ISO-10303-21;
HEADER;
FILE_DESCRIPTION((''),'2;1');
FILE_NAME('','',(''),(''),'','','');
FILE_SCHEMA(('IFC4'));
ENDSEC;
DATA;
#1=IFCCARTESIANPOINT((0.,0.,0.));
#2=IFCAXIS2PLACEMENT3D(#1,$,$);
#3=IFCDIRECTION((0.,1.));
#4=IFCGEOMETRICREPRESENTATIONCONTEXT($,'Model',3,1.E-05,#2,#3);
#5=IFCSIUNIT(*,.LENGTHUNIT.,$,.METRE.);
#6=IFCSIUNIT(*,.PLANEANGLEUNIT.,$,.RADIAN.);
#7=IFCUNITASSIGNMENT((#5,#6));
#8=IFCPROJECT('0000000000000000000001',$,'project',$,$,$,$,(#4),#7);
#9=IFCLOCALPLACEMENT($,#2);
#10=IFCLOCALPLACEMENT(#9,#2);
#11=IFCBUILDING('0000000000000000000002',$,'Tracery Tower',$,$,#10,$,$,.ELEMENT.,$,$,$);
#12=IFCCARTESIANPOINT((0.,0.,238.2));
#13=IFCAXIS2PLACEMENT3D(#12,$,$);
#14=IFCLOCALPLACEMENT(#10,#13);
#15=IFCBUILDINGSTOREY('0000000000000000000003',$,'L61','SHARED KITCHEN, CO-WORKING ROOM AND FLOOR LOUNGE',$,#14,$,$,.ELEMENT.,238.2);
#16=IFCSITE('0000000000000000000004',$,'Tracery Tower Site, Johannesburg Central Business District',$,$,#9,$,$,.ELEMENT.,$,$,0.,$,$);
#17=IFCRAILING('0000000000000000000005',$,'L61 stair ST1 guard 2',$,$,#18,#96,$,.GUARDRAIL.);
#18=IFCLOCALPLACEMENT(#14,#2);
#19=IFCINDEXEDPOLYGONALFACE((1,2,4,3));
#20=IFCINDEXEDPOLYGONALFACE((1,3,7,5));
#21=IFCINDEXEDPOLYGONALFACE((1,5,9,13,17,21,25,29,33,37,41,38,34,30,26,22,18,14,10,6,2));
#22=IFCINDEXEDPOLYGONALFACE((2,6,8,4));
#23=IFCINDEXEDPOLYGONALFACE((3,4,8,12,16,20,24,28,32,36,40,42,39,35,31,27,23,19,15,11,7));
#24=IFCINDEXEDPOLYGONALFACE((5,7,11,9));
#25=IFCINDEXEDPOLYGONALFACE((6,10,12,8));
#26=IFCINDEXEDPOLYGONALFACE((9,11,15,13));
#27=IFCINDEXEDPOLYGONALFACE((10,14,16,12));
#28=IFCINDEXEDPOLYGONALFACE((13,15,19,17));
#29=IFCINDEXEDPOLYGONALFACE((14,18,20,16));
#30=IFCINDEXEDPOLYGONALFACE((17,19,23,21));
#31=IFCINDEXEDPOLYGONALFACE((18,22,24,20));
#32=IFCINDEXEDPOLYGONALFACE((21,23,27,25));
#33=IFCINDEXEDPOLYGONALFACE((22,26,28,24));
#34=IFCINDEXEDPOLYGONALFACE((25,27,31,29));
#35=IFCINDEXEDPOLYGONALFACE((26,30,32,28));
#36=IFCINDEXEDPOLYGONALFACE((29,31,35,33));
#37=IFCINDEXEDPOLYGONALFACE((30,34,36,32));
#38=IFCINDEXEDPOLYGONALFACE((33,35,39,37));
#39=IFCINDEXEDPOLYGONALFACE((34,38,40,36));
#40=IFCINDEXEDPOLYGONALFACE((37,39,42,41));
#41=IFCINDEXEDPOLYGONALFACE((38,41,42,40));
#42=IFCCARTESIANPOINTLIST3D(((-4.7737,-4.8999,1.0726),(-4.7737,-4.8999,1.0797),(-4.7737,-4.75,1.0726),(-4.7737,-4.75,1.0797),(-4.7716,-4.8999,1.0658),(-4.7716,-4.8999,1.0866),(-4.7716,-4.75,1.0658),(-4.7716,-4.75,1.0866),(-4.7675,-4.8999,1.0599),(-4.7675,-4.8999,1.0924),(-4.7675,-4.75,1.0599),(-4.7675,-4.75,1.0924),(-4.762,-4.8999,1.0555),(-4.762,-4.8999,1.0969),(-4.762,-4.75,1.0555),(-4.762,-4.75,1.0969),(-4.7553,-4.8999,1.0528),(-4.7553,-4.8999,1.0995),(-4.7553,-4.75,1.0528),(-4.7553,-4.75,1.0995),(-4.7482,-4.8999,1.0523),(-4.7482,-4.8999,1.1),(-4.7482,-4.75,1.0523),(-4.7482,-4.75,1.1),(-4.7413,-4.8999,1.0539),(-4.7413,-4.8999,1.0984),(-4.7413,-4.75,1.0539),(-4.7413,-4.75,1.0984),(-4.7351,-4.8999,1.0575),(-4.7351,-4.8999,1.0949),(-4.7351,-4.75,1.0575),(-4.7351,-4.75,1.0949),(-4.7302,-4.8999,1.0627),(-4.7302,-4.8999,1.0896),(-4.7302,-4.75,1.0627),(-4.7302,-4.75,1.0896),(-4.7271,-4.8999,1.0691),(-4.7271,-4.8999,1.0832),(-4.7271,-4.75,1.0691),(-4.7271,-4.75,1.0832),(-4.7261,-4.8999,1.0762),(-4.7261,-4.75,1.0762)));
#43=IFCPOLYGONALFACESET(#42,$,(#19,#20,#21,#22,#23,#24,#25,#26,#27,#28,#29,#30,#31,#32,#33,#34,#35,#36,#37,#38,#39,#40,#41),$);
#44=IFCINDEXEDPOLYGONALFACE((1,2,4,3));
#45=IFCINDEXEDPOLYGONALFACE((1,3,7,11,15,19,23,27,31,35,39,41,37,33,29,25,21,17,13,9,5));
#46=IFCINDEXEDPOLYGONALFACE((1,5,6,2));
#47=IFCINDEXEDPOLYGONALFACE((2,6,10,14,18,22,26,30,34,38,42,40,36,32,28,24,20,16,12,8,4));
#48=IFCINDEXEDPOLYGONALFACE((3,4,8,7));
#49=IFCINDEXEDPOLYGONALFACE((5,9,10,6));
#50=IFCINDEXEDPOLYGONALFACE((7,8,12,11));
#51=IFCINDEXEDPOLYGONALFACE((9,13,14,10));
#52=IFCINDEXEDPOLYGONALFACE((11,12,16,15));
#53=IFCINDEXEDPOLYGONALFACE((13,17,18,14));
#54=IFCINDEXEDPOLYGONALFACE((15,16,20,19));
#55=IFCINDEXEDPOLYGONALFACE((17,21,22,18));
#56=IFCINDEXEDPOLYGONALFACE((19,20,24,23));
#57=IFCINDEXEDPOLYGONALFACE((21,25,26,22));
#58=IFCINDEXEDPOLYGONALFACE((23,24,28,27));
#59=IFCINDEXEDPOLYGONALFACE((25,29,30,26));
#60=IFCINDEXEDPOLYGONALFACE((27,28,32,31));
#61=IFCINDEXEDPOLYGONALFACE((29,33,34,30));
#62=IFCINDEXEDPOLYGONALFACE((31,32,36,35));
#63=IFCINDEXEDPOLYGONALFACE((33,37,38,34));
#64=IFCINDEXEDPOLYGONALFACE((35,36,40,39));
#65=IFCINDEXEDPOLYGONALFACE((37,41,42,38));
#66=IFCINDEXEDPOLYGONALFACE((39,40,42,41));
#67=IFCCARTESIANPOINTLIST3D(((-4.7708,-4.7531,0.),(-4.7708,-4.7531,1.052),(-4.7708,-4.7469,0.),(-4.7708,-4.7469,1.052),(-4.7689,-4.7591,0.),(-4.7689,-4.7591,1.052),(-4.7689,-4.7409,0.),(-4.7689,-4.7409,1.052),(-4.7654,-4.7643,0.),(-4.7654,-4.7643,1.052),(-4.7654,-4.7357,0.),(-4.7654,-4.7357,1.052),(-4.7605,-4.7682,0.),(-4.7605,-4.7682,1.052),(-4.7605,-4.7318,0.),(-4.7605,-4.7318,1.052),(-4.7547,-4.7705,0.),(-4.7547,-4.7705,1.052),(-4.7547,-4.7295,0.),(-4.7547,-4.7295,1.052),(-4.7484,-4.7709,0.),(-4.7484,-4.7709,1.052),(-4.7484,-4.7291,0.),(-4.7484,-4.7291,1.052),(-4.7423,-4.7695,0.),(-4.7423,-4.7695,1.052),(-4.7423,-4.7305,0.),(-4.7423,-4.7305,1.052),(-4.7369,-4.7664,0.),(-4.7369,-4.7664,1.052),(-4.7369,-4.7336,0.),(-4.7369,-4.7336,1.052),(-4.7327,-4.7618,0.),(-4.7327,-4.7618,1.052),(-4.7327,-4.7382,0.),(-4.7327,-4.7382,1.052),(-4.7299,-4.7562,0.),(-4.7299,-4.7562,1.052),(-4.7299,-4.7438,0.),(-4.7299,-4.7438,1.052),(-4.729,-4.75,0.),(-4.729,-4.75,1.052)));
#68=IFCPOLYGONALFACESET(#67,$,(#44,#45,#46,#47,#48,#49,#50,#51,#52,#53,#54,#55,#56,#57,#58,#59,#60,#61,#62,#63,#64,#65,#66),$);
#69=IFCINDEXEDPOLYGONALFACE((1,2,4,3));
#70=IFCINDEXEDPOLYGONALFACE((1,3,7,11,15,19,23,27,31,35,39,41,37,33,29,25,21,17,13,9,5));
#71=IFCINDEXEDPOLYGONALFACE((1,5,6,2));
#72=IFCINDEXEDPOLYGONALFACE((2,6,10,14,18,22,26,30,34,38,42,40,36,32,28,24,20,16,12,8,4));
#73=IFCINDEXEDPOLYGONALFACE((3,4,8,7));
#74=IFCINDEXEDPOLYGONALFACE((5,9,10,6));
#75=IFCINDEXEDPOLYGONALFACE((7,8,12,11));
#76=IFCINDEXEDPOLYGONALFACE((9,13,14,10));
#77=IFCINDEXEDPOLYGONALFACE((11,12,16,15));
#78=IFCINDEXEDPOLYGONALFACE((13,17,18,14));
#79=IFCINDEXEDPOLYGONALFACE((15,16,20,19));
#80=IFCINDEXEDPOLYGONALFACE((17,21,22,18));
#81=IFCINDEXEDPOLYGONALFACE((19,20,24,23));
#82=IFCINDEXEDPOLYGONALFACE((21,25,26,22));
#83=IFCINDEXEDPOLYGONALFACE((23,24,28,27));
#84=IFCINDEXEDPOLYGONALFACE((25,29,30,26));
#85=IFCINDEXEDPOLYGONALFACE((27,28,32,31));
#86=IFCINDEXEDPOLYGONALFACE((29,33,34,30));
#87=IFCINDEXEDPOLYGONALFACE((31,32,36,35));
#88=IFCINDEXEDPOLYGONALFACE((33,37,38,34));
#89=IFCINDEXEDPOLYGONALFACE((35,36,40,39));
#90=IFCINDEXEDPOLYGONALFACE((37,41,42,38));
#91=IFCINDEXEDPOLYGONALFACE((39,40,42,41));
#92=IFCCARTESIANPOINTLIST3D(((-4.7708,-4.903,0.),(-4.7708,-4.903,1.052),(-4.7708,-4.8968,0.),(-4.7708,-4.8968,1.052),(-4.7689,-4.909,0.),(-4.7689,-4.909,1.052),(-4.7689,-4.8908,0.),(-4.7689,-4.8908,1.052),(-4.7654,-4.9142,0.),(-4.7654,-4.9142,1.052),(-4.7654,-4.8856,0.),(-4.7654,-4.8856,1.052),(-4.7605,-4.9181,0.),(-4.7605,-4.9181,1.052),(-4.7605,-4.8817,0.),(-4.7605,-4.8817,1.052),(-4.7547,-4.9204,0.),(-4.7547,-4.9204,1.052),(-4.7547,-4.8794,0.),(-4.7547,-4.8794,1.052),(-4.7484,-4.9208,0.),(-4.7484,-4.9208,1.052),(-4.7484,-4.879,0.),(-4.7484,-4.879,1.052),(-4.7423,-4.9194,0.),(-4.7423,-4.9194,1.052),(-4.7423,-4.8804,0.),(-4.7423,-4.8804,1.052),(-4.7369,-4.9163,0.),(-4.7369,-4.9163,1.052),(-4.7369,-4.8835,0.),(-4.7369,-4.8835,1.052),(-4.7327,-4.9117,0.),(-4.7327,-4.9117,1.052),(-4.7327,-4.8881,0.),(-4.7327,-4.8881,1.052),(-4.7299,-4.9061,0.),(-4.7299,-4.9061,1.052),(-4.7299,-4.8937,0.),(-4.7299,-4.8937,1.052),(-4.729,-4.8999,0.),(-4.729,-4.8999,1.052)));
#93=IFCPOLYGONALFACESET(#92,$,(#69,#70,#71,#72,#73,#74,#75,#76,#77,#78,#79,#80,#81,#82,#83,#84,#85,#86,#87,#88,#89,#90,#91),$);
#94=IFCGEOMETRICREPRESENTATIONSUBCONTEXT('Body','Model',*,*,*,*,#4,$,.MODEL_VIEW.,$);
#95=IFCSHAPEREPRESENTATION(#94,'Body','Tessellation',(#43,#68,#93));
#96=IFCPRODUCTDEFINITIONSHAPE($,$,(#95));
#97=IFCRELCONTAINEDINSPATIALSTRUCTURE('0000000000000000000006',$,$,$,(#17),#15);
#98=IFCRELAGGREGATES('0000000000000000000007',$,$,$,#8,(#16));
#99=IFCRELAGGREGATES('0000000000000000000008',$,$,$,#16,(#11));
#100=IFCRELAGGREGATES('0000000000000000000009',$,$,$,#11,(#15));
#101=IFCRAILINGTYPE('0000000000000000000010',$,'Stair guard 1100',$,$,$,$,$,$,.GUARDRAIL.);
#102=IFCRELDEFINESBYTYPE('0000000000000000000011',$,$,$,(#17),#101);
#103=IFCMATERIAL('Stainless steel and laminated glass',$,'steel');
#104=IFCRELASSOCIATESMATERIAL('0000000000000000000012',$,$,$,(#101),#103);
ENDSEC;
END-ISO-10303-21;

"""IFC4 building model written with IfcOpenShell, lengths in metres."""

from ifc_helpers import new_model, si_unit, direction, frame, origin, origin_2d, place, context, subcontext, project, spatial, circle, extrude, material, type_object, element, save


model = new_model("IFC4")

# Units and contexts
model_context = context("Model", 3, precision=1e-05, world=origin(), true_north=direction((0.0, 1.0)))
body_context = subcontext(model_context, "Body", "Model", "MODEL_VIEW")
ifc_project = project(units=[si_unit("LENGTHUNIT", "METRE"), si_unit("PLANEANGLEUNIT", "RADIAN")], contexts=[model_context])

# Site, building, storey
site_placement = place(None, origin())
site = spatial("IfcSite", under=ifc_project, at=site_placement, Name="Tracery Tower Site, Johannesburg Central Business District", CompositionType="ELEMENT", RefElevation=0.0)
building_placement = place(site_placement, origin())
building = spatial("IfcBuilding", under=site, at=building_placement, Name="Tracery Tower", CompositionType="ELEMENT")
storey_placement = place(building_placement, frame((0.0, 0.0, 238.2)))
storey = spatial("IfcBuildingStorey", under=building, at=storey_placement, Name="L61", Description="SHARED KITCHEN, CO-WORKING ROOM AND FLOOR LOUNGE", CompositionType="ELEMENT", Elevation=238.2)

# Railing
ifc_material_1 = material(Name="Stainless steel and laminated glass", Category="steel")
railing_type_1 = type_object("IfcRailingType", Name="Stair guard 1100", PredefinedType="GUARDRAIL", material=ifc_material_1)
railing_1_placement = place(storey_placement, frame((-4.75, -4.75, 0.0)))
element("IfcRailing", 1, at=railing_1_placement, inside=storey, type_object=railing_type_1, Name="L61 stair ST1 guard 2", PredefinedType="GUARDRAIL", context=body_context, shape_type="SweptSolid", body=[
    extrude(circle(Radius=0.0239, at=origin_2d()), frame((0.0, 0.0, 1.0762), z_axis=(0.0, -1.0, 0.0), x_axis=(1.0, 0.0, 0.0)), (0.0, 0.0, 1.0), 0.1499),
    extrude(circle(Radius=0.021, at=origin_2d()), origin(), (0.0, 0.0, 1.0), 1.052),
    extrude(circle(Radius=0.021, at=origin_2d()), frame((0.0, -0.1499, 0.0)), (0.0, 0.0, 1.0), 1.052),
])

save(model, "model.ifc")
